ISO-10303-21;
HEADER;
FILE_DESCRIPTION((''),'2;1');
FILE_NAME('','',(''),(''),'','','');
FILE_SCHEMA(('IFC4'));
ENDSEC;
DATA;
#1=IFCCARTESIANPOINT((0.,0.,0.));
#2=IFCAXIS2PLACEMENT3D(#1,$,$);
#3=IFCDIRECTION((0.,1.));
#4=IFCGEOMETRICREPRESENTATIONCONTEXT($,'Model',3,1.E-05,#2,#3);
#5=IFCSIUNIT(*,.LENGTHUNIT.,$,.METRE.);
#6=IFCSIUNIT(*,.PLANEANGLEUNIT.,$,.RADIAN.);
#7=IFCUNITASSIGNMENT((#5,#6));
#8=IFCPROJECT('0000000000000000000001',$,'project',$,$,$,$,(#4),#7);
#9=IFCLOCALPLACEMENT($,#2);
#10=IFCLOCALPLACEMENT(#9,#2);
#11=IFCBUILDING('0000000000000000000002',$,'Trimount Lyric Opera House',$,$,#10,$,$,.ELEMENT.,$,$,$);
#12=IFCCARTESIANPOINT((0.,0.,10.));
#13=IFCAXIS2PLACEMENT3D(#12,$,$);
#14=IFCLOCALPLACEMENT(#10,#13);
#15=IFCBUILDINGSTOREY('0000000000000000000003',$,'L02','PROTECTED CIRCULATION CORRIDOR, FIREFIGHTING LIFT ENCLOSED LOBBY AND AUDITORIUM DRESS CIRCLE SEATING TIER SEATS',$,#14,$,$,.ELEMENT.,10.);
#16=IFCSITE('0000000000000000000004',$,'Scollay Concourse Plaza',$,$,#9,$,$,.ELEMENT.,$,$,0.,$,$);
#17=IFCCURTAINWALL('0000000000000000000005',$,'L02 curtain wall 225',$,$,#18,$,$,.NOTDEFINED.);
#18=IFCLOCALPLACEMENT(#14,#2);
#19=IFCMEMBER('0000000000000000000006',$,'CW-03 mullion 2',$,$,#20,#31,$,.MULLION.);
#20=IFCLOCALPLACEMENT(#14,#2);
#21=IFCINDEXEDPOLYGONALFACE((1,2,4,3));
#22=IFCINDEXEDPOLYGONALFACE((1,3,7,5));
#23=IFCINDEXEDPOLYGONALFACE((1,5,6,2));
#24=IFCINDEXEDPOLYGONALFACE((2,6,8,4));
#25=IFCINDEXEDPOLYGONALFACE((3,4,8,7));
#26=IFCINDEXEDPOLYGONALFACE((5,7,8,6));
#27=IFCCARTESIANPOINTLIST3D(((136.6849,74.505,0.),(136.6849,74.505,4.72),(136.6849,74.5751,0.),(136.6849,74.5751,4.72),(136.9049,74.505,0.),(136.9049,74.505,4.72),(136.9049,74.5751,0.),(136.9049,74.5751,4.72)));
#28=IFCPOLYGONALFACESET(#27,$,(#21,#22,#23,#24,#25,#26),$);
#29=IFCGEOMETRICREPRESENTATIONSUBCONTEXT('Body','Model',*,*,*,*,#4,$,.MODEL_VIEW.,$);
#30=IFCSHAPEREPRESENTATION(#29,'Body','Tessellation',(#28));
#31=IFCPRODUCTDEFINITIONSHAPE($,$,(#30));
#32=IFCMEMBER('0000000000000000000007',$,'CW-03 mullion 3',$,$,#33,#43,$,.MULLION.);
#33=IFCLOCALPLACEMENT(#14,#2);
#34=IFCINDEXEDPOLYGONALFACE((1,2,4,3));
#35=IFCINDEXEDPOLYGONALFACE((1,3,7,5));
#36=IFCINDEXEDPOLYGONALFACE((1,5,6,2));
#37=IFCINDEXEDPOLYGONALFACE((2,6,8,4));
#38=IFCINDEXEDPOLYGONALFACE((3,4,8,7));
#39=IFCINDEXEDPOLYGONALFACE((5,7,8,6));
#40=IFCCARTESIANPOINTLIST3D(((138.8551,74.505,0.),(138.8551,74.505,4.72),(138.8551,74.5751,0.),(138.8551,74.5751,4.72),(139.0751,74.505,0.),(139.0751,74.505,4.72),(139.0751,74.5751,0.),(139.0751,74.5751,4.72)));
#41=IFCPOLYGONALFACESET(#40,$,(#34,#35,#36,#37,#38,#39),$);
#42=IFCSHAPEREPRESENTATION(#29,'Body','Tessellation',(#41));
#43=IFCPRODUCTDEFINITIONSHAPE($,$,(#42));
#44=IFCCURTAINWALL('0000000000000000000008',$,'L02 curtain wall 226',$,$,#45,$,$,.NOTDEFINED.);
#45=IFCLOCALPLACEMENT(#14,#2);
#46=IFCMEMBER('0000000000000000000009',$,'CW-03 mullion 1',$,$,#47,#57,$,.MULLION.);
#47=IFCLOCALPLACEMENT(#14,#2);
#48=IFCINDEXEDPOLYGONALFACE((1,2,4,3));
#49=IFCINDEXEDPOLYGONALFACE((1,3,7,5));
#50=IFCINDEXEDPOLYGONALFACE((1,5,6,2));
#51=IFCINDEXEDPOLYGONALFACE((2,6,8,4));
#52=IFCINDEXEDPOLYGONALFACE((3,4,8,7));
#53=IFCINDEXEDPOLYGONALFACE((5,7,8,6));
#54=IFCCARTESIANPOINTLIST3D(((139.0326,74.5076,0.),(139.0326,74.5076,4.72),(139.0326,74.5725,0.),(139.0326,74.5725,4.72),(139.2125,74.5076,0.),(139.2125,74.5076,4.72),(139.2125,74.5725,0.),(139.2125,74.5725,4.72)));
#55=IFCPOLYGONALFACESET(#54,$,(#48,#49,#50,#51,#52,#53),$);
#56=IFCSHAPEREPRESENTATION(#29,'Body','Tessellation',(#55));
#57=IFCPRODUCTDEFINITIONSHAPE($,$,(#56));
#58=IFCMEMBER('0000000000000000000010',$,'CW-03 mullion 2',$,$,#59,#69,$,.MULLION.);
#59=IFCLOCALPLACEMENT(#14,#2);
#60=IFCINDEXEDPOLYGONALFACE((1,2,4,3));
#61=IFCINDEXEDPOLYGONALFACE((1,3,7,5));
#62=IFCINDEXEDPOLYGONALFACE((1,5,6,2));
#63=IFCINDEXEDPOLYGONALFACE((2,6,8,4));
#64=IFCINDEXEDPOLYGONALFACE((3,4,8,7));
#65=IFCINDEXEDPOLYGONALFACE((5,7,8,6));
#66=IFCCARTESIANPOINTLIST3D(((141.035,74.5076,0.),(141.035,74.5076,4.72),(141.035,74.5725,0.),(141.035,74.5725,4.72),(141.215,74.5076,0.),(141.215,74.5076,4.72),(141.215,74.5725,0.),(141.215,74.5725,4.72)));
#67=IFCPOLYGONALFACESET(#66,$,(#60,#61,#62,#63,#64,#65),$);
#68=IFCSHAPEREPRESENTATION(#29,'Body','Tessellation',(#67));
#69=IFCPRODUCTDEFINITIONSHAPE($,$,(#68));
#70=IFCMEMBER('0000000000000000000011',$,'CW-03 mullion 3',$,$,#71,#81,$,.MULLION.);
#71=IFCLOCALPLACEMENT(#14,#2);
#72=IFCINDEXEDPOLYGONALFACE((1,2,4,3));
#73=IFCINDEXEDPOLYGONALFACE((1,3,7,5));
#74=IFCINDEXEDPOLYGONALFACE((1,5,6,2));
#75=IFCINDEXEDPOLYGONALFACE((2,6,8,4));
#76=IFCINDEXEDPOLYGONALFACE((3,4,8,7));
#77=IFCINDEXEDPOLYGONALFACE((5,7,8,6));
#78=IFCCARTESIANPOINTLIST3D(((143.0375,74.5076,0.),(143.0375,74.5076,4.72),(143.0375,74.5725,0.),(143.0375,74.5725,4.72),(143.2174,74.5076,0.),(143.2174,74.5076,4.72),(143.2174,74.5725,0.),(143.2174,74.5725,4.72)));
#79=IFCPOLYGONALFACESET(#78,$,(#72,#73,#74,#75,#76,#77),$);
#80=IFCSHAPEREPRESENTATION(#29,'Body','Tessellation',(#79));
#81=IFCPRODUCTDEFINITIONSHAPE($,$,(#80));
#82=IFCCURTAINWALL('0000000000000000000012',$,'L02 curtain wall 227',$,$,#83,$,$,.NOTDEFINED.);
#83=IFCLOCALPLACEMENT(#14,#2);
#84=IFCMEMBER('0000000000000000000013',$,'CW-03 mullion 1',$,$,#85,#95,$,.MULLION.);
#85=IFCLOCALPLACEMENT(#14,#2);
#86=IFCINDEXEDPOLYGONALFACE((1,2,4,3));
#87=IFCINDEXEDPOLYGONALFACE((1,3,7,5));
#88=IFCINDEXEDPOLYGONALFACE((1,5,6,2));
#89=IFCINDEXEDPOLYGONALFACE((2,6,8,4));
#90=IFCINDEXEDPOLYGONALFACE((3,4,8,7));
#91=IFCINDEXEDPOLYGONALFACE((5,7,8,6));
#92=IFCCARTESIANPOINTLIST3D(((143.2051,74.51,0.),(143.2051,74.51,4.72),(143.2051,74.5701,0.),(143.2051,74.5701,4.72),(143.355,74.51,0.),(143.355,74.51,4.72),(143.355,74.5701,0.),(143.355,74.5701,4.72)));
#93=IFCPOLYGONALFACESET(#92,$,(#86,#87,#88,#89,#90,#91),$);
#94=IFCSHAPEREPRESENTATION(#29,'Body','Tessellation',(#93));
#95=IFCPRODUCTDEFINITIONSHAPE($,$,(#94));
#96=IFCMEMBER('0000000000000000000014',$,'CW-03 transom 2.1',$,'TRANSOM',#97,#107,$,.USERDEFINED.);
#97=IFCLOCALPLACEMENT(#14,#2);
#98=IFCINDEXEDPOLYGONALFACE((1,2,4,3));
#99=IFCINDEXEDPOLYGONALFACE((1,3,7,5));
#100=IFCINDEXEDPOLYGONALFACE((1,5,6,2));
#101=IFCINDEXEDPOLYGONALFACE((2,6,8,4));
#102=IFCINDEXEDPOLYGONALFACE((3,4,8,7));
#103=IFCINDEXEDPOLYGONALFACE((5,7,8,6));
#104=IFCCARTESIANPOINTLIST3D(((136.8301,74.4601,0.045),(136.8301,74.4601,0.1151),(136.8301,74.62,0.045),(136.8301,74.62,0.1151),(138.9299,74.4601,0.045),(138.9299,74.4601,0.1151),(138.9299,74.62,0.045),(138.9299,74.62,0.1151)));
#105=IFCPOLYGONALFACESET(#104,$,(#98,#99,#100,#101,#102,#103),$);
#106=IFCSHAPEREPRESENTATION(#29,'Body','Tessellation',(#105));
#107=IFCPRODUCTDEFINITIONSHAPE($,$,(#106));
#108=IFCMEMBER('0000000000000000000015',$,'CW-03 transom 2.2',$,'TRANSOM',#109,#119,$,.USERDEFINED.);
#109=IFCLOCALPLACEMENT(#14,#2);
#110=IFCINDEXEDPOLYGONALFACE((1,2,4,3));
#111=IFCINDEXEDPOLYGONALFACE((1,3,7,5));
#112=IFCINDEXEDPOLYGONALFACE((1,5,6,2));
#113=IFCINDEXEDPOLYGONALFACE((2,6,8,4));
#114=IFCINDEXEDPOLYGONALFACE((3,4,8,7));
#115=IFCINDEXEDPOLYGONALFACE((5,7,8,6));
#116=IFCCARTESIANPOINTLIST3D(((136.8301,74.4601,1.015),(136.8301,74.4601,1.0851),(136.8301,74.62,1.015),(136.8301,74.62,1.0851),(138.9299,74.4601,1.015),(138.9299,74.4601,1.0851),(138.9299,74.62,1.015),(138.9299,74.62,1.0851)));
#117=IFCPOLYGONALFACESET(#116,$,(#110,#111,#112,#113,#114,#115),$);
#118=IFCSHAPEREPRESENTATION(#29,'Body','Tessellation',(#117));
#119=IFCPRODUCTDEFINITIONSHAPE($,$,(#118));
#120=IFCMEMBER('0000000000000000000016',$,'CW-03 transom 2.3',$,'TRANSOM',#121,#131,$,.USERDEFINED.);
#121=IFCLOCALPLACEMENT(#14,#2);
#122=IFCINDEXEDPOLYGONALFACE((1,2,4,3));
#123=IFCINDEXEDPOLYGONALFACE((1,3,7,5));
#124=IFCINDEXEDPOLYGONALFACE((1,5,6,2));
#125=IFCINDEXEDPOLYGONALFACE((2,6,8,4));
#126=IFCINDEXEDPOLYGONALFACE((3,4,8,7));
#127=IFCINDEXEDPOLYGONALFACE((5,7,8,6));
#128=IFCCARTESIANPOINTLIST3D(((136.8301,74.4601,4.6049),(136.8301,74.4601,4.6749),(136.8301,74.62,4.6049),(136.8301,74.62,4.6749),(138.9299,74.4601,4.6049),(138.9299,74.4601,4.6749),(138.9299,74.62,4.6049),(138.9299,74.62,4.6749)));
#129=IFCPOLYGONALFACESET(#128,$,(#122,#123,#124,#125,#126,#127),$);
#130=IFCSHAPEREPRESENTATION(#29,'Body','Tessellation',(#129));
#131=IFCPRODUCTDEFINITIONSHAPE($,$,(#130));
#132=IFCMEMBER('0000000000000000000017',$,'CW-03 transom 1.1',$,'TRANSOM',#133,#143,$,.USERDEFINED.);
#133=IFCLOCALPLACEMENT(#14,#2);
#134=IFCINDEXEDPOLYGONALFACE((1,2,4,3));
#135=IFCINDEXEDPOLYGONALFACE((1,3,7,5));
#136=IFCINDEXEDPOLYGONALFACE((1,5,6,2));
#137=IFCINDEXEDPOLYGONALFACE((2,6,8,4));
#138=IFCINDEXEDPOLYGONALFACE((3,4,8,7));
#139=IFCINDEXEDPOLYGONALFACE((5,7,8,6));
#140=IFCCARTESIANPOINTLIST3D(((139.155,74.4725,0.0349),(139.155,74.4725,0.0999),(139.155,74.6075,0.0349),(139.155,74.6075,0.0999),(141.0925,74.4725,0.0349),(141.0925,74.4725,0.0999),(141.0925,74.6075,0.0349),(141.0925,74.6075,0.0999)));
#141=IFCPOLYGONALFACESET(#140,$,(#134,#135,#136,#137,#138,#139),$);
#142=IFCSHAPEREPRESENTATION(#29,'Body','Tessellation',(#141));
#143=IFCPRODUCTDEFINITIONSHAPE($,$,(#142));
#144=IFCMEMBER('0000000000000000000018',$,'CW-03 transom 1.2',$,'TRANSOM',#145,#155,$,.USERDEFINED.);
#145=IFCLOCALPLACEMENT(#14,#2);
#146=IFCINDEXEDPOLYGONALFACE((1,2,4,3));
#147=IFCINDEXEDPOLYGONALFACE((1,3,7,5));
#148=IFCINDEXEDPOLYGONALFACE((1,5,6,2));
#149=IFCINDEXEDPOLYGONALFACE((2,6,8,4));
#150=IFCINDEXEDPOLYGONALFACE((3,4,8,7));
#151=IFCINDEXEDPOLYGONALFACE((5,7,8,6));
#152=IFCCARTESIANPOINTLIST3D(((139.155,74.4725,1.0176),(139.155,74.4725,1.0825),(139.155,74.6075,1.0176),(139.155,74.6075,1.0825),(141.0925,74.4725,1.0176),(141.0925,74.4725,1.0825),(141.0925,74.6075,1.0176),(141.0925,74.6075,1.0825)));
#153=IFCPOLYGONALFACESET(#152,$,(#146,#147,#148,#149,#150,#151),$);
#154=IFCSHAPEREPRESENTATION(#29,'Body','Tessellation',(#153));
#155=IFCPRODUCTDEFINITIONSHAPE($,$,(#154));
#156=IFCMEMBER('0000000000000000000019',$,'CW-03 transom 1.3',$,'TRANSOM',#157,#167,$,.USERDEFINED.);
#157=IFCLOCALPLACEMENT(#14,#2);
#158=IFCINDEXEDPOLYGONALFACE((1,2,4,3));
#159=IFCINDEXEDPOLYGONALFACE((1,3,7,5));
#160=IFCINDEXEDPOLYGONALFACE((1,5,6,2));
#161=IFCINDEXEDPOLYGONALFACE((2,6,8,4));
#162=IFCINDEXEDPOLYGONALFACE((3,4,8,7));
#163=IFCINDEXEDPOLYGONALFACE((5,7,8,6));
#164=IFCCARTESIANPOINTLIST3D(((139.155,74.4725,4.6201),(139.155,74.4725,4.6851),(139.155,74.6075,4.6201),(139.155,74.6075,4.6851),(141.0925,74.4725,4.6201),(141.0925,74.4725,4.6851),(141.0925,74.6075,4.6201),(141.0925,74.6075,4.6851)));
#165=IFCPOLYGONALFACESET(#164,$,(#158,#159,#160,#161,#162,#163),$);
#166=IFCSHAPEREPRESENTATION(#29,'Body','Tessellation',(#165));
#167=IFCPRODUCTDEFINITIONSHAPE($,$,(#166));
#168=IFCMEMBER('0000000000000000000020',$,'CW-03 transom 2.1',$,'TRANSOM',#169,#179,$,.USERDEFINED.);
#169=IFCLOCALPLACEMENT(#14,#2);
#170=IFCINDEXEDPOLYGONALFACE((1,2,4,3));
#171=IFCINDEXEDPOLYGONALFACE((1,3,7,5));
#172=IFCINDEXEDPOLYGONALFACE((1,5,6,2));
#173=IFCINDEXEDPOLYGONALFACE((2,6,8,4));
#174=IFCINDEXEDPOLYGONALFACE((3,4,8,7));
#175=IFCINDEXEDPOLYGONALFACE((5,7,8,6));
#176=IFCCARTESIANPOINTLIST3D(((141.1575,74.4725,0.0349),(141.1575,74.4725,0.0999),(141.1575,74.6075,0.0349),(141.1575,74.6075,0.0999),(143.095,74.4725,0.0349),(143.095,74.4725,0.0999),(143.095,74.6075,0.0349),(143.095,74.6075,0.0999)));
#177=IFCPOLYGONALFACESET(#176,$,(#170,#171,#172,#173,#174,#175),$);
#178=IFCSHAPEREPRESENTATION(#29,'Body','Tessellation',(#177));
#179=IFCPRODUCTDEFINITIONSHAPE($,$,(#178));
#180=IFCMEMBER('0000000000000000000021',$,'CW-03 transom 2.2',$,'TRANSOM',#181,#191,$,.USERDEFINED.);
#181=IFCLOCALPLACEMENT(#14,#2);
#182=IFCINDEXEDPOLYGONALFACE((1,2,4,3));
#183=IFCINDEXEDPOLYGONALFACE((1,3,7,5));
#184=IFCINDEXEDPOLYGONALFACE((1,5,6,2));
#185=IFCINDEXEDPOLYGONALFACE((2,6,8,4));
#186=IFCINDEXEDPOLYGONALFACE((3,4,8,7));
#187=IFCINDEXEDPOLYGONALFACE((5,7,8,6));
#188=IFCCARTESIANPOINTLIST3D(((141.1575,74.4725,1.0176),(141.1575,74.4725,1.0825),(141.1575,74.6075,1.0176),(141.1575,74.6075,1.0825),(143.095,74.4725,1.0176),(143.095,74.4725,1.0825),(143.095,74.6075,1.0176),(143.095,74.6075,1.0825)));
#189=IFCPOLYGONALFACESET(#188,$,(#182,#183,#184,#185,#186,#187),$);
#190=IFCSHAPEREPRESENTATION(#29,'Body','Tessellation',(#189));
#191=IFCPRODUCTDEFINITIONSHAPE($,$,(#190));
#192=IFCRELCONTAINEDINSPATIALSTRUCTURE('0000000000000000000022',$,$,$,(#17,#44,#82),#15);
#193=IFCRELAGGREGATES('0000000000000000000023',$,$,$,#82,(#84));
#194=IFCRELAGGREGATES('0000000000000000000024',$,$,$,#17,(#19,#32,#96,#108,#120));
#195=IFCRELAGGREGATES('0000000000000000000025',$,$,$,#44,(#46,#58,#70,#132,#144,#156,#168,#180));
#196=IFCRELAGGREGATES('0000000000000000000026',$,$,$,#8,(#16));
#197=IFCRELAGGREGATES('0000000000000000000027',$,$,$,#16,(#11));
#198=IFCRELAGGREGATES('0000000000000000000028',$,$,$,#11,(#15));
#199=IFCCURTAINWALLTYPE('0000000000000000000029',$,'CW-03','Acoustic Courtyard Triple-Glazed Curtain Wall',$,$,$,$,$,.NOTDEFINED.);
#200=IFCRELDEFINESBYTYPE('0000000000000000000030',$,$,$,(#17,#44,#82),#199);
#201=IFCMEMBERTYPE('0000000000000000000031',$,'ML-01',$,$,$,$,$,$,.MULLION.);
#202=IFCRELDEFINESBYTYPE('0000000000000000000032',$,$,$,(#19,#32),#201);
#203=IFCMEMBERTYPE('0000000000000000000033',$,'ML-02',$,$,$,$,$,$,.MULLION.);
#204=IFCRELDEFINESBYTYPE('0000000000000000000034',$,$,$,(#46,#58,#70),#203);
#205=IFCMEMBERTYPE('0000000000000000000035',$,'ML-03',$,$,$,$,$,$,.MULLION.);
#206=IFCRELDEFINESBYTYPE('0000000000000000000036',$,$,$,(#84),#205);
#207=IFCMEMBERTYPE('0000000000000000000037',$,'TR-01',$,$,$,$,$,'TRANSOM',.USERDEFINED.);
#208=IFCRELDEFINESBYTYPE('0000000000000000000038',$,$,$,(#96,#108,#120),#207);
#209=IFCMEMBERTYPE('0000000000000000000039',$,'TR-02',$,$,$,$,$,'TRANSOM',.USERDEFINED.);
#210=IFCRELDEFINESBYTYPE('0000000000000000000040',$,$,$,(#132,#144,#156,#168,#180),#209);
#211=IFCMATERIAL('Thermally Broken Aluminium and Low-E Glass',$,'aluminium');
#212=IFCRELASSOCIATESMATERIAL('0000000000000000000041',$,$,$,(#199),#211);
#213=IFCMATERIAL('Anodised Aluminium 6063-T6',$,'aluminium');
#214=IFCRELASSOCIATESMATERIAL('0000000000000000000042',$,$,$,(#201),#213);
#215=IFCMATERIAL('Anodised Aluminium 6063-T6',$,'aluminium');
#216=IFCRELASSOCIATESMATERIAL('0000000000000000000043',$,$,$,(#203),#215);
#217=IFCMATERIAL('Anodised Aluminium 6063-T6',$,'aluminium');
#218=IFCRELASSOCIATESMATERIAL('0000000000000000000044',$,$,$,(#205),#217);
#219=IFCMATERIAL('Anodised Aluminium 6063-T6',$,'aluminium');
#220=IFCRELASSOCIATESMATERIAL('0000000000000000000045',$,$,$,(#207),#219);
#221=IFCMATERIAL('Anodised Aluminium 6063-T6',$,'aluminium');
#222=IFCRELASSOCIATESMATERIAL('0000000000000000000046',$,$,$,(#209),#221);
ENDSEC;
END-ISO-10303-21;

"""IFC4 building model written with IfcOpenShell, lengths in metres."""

from ifc_helpers import new_model, si_unit, direction, frame, origin, origin_2d, place, context, subcontext, project, spatial, rectangle, extrude, material, material_profile, profile_set, type_object, element, aggregate, save


model = new_model("IFC4")

# Units and contexts
model_context = context("Model", 3, precision=1e-05, world=origin(), true_north=direction((0.0, 1.0)))
body_context = subcontext(model_context, "Body", "Model", "MODEL_VIEW")
ifc_project = project(units=[si_unit("LENGTHUNIT", "METRE"), si_unit("PLANEANGLEUNIT", "RADIAN")], contexts=[model_context])

# Site, building, storey
site_placement = place(None, origin())
site = spatial("IfcSite", under=ifc_project, at=site_placement, Name="Scollay Concourse Plaza", CompositionType="ELEMENT", RefElevation=0.0)
building_placement = place(site_placement, origin())
building = spatial("IfcBuilding", under=site, at=building_placement, Name="Trimount Lyric Opera House", CompositionType="ELEMENT")
storey_placement = place(building_placement, frame((0.0, 0.0, 10.0)))
storey = spatial("IfcBuildingStorey", under=building, at=storey_placement, Name="L02", Description="PROTECTED CIRCULATION CORRIDOR, FIREFIGHTING LIFT ENCLOSED LOBBY AND AUDITORIUM DRESS CIRCLE SEATING TIER SEATS", CompositionType="ELEMENT", Elevation=10.0)

# Curtain walls, members
ifc_material_1 = material(Name="Thermally Broken Aluminium and Low-E Glass", Category="aluminium")
curtain_wall_type = type_object("IfcCurtainWallType", Name="CW-03", Description="Acoustic Courtyard Triple-Glazed Curtain Wall", PredefinedType="NOTDEFINED", material=ifc_material_1)
curtain_wall_1_placement = place(storey_placement, origin())
curtain_wall_1 = element("IfcCurtainWall", 1, at=curtain_wall_1_placement, inside=storey, type_object=curtain_wall_type, Name="L02 curtain wall 225", PredefinedType="NOTDEFINED")
ifc_material_2 = material(Name="Anodised Aluminium 6063-T6", Category="aluminium")
ifc_material_profile_1 = material_profile(ifc_material_2, rectangle(XDim=0.0701, YDim=0.22, at=origin_2d()), Name="ALU-MULL-70X220")
ifc_profile_set_1 = profile_set([ifc_material_profile_1], Name="Anodised Aluminium 6063-T6")
member_type_1 = type_object("IfcMemberType", Name="ML-01", PredefinedType="MULLION", material=ifc_profile_set_1)
member_1_placement = place(storey_placement, frame((136.7949, 74.54, 0.0), z_axis=(0.0, 0.0, 1.0), x_axis=(0.0, 1.0, 0.0)))
member_1 = element("IfcMember", 2, at=member_1_placement, type_object=member_type_1, Name="CW-03 mullion 2", PredefinedType="MULLION", context=body_context, shape_type="SweptSolid", body=[
    extrude(rectangle(XDim=0.0701, YDim=0.22, at=origin_2d()), origin(), (0.0, 0.0, 1.0), 4.72),
])
member_2_placement = place(storey_placement, frame((138.9651, 74.54, 0.0), z_axis=(0.0, 0.0, 1.0), x_axis=(0.0, 1.0, 0.0)))
member_2 = element("IfcMember", 3, at=member_2_placement, type_object=member_type_1, Name="CW-03 mullion 3", PredefinedType="MULLION", context=body_context, shape_type="SweptSolid", body=[
    extrude(rectangle(XDim=0.0701, YDim=0.22, at=origin_2d()), origin(), (0.0, 0.0, 1.0), 4.72),
])
curtain_wall_2_placement = place(storey_placement, origin())
curtain_wall_2 = element("IfcCurtainWall", 4, at=curtain_wall_2_placement, inside=storey, type_object=curtain_wall_type, Name="L02 curtain wall 226", PredefinedType="NOTDEFINED")
ifc_material_3 = material(Name="Anodised Aluminium 6063-T6", Category="aluminium")
ifc_material_profile_2 = material_profile(ifc_material_3, rectangle(XDim=0.0649, YDim=0.1799, at=origin_2d()), Name="ALU-MULL-65X180")
ifc_profile_set_2 = profile_set([ifc_material_profile_2], Name="Anodised Aluminium 6063-T6")
member_type_2 = type_object("IfcMemberType", Name="ML-02", PredefinedType="MULLION", material=ifc_profile_set_2)
member_3_placement = place(storey_placement, frame((139.1226, 74.54, 0.0), z_axis=(0.0, 0.0, 1.0), x_axis=(0.0, 1.0, 0.0)))
member_3 = element("IfcMember", 5, at=member_3_placement, type_object=member_type_2, Name="CW-03 mullion 1", PredefinedType="MULLION", context=body_context, shape_type="SweptSolid", body=[
    extrude(rectangle(XDim=0.0649, YDim=0.1799, at=origin_2d()), origin(), (0.0, 0.0, 1.0), 4.72),
])
member_4_placement = place(storey_placement, frame((141.125, 74.54, 0.0), z_axis=(0.0, 0.0, 1.0), x_axis=(0.0, 1.0, 0.0)))
member_4 = element("IfcMember", 6, at=member_4_placement, type_object=member_type_2, Name="CW-03 mullion 2", PredefinedType="MULLION", context=body_context, shape_type="SweptSolid", body=[
    extrude(rectangle(XDim=0.0649, YDim=0.1799, at=origin_2d()), origin(), (0.0, 0.0, 1.0), 4.72),
])
member_5_placement = place(storey_placement, frame((143.1274, 74.54, 0.0), z_axis=(0.0, 0.0, 1.0), x_axis=(0.0, 1.0, 0.0)))
member_5 = element("IfcMember", 7, at=member_5_placement, type_object=member_type_2, Name="CW-03 mullion 3", PredefinedType="MULLION", context=body_context, shape_type="SweptSolid", body=[
    extrude(rectangle(XDim=0.0649, YDim=0.1799, at=origin_2d()), origin(), (0.0, 0.0, 1.0), 4.72),
])

# Curtain wall, member
curtain_wall_3_placement = place(storey_placement, origin())
curtain_wall_3 = element("IfcCurtainWall", 8, at=curtain_wall_3_placement, inside=storey, type_object=curtain_wall_type, Name="L02 curtain wall 227", PredefinedType="NOTDEFINED")
ifc_material_4 = material(Name="Anodised Aluminium 6063-T6", Category="aluminium")
ifc_material_profile_3 = material_profile(ifc_material_4, rectangle(XDim=0.0601, YDim=0.1499, at=origin_2d()), Name="ALU-MULL-60X150")
ifc_profile_set_3 = profile_set([ifc_material_profile_3], Name="Anodised Aluminium 6063-T6")
member_type_3 = type_object("IfcMemberType", Name="ML-03", PredefinedType="MULLION", material=ifc_profile_set_3)
member_6_placement = place(storey_placement, frame((143.28, 74.54, 0.0), z_axis=(0.0, 0.0, 1.0), x_axis=(0.0, 1.0, 0.0)))
member_6 = element("IfcMember", 9, at=member_6_placement, type_object=member_type_3, Name="CW-03 mullion 1", PredefinedType="MULLION", context=body_context, shape_type="SweptSolid", body=[
    extrude(rectangle(XDim=0.0601, YDim=0.1499, at=origin_2d()), origin(), (0.0, 0.0, 1.0), 4.72),
])

# Members
ifc_material_5 = material(Name="Anodised Aluminium 6063-T6", Category="aluminium")
ifc_material_profile_4 = material_profile(ifc_material_5, rectangle(XDim=0.1599, YDim=0.0701, at=origin_2d()), Name="ALU-TRAN-70X160")
ifc_profile_set_4 = profile_set([ifc_material_profile_4], Name="Anodised Aluminium 6063-T6")
member_type_4 = type_object("IfcMemberType", Name="TR-01", ElementType="TRANSOM", PredefinedType="USERDEFINED", material=ifc_profile_set_4)
member_7_placement = place(storey_placement, frame((136.8301, 74.54, 0.0801), z_axis=(1.0, 0.0, 0.0), x_axis=(0.0, 1.0, 0.0)))
member_7 = element("IfcMember", 10, at=member_7_placement, type_object=member_type_4, Name="CW-03 transom 2.1", ObjectType="TRANSOM", PredefinedType="USERDEFINED", context=body_context, shape_type="SweptSolid", body=[
    extrude(rectangle(XDim=0.1599, YDim=0.0701, at=origin_2d()), origin(), (0.0, 0.0, 1.0), 2.0999),
])
member_8_placement = place(storey_placement, frame((136.8301, 74.54, 1.05), z_axis=(1.0, 0.0, 0.0), x_axis=(0.0, 1.0, 0.0)))
member_8 = element("IfcMember", 11, at=member_8_placement, type_object=member_type_4, Name="CW-03 transom 2.2", ObjectType="TRANSOM", PredefinedType="USERDEFINED", context=body_context, shape_type="SweptSolid", body=[
    extrude(rectangle(XDim=0.1599, YDim=0.0701, at=origin_2d()), origin(), (0.0, 0.0, 1.0), 2.0999),
])
member_9_placement = place(storey_placement, frame((136.8301, 74.54, 4.6399), z_axis=(1.0, 0.0, 0.0), x_axis=(0.0, 1.0, 0.0)))
member_9 = element("IfcMember", 12, at=member_9_placement, type_object=member_type_4, Name="CW-03 transom 2.3", ObjectType="TRANSOM", PredefinedType="USERDEFINED", context=body_context, shape_type="SweptSolid", body=[
    extrude(rectangle(XDim=0.1599, YDim=0.0701, at=origin_2d()), origin(), (0.0, 0.0, 1.0), 2.0999),
])
ifc_material_6 = material(Name="Anodised Aluminium 6063-T6", Category="aluminium")
ifc_material_profile_5 = material_profile(ifc_material_6, rectangle(XDim=0.135, YDim=0.0649, at=origin_2d()), Name="ALU-TRAN-65X135")
ifc_profile_set_5 = profile_set([ifc_material_profile_5], Name="Anodised Aluminium 6063-T6")
member_type_5 = type_object("IfcMemberType", Name="TR-02", ElementType="TRANSOM", PredefinedType="USERDEFINED", material=ifc_profile_set_5)
member_10_placement = place(storey_placement, frame((139.155, 74.54, 0.0674), z_axis=(1.0, 0.0, 0.0), x_axis=(0.0, 1.0, 0.0)))
member_10 = element("IfcMember", 13, at=member_10_placement, type_object=member_type_5, Name="CW-03 transom 1.1", ObjectType="TRANSOM", PredefinedType="USERDEFINED", context=body_context, shape_type="SweptSolid", body=[
    extrude(rectangle(XDim=0.135, YDim=0.0649, at=origin_2d()), origin(), (0.0, 0.0, 1.0), 1.9375),
])
member_11_placement = place(storey_placement, frame((139.155, 74.54, 1.05), z_axis=(1.0, 0.0, 0.0), x_axis=(0.0, 1.0, 0.0)))
member_11 = element("IfcMember", 14, at=member_11_placement, type_object=member_type_5, Name="CW-03 transom 1.2", ObjectType="TRANSOM", PredefinedType="USERDEFINED", context=body_context, shape_type="SweptSolid", body=[
    extrude(rectangle(XDim=0.135, YDim=0.0649, at=origin_2d()), origin(), (0.0, 0.0, 1.0), 1.9375),
])
member_12_placement = place(storey_placement, frame((139.155, 74.54, 4.6526), z_axis=(1.0, 0.0, 0.0), x_axis=(0.0, 1.0, 0.0)))
member_12 = element("IfcMember", 15, at=member_12_placement, type_object=member_type_5, Name="CW-03 transom 1.3", ObjectType="TRANSOM", PredefinedType="USERDEFINED", context=body_context, shape_type="SweptSolid", body=[
    extrude(rectangle(XDim=0.135, YDim=0.0649, at=origin_2d()), origin(), (0.0, 0.0, 1.0), 1.9375),
])
member_13_placement = place(storey_placement, frame((141.1575, 74.54, 0.0674), z_axis=(1.0, 0.0, 0.0), x_axis=(0.0, 1.0, 0.0)))
member_13 = element("IfcMember", 16, at=member_13_placement, type_object=member_type_5, Name="CW-03 transom 2.1", ObjectType="TRANSOM", PredefinedType="USERDEFINED", context=body_context, shape_type="SweptSolid", body=[
    extrude(rectangle(XDim=0.135, YDim=0.0649, at=origin_2d()), origin(), (0.0, 0.0, 1.0), 1.9375),
])
member_14_placement = place(storey_placement, frame((141.1575, 74.54, 1.05), z_axis=(1.0, 0.0, 0.0), x_axis=(0.0, 1.0, 0.0)))
member_14 = element("IfcMember", 17, at=member_14_placement, type_object=member_type_5, Name="CW-03 transom 2.2", ObjectType="TRANSOM", PredefinedType="USERDEFINED", context=body_context, shape_type="SweptSolid", body=[
    extrude(rectangle(XDim=0.135, YDim=0.0649, at=origin_2d()), origin(), (0.0, 0.0, 1.0), 1.9375),
])

aggregate(curtain_wall_3, [member_6])

aggregate(curtain_wall_1, [member_1, member_2, member_7, member_8, member_9])
aggregate(curtain_wall_2, [member_3, member_4, member_5, member_10, member_11, member_12, member_13, member_14])

save(model, "model.ifc")
